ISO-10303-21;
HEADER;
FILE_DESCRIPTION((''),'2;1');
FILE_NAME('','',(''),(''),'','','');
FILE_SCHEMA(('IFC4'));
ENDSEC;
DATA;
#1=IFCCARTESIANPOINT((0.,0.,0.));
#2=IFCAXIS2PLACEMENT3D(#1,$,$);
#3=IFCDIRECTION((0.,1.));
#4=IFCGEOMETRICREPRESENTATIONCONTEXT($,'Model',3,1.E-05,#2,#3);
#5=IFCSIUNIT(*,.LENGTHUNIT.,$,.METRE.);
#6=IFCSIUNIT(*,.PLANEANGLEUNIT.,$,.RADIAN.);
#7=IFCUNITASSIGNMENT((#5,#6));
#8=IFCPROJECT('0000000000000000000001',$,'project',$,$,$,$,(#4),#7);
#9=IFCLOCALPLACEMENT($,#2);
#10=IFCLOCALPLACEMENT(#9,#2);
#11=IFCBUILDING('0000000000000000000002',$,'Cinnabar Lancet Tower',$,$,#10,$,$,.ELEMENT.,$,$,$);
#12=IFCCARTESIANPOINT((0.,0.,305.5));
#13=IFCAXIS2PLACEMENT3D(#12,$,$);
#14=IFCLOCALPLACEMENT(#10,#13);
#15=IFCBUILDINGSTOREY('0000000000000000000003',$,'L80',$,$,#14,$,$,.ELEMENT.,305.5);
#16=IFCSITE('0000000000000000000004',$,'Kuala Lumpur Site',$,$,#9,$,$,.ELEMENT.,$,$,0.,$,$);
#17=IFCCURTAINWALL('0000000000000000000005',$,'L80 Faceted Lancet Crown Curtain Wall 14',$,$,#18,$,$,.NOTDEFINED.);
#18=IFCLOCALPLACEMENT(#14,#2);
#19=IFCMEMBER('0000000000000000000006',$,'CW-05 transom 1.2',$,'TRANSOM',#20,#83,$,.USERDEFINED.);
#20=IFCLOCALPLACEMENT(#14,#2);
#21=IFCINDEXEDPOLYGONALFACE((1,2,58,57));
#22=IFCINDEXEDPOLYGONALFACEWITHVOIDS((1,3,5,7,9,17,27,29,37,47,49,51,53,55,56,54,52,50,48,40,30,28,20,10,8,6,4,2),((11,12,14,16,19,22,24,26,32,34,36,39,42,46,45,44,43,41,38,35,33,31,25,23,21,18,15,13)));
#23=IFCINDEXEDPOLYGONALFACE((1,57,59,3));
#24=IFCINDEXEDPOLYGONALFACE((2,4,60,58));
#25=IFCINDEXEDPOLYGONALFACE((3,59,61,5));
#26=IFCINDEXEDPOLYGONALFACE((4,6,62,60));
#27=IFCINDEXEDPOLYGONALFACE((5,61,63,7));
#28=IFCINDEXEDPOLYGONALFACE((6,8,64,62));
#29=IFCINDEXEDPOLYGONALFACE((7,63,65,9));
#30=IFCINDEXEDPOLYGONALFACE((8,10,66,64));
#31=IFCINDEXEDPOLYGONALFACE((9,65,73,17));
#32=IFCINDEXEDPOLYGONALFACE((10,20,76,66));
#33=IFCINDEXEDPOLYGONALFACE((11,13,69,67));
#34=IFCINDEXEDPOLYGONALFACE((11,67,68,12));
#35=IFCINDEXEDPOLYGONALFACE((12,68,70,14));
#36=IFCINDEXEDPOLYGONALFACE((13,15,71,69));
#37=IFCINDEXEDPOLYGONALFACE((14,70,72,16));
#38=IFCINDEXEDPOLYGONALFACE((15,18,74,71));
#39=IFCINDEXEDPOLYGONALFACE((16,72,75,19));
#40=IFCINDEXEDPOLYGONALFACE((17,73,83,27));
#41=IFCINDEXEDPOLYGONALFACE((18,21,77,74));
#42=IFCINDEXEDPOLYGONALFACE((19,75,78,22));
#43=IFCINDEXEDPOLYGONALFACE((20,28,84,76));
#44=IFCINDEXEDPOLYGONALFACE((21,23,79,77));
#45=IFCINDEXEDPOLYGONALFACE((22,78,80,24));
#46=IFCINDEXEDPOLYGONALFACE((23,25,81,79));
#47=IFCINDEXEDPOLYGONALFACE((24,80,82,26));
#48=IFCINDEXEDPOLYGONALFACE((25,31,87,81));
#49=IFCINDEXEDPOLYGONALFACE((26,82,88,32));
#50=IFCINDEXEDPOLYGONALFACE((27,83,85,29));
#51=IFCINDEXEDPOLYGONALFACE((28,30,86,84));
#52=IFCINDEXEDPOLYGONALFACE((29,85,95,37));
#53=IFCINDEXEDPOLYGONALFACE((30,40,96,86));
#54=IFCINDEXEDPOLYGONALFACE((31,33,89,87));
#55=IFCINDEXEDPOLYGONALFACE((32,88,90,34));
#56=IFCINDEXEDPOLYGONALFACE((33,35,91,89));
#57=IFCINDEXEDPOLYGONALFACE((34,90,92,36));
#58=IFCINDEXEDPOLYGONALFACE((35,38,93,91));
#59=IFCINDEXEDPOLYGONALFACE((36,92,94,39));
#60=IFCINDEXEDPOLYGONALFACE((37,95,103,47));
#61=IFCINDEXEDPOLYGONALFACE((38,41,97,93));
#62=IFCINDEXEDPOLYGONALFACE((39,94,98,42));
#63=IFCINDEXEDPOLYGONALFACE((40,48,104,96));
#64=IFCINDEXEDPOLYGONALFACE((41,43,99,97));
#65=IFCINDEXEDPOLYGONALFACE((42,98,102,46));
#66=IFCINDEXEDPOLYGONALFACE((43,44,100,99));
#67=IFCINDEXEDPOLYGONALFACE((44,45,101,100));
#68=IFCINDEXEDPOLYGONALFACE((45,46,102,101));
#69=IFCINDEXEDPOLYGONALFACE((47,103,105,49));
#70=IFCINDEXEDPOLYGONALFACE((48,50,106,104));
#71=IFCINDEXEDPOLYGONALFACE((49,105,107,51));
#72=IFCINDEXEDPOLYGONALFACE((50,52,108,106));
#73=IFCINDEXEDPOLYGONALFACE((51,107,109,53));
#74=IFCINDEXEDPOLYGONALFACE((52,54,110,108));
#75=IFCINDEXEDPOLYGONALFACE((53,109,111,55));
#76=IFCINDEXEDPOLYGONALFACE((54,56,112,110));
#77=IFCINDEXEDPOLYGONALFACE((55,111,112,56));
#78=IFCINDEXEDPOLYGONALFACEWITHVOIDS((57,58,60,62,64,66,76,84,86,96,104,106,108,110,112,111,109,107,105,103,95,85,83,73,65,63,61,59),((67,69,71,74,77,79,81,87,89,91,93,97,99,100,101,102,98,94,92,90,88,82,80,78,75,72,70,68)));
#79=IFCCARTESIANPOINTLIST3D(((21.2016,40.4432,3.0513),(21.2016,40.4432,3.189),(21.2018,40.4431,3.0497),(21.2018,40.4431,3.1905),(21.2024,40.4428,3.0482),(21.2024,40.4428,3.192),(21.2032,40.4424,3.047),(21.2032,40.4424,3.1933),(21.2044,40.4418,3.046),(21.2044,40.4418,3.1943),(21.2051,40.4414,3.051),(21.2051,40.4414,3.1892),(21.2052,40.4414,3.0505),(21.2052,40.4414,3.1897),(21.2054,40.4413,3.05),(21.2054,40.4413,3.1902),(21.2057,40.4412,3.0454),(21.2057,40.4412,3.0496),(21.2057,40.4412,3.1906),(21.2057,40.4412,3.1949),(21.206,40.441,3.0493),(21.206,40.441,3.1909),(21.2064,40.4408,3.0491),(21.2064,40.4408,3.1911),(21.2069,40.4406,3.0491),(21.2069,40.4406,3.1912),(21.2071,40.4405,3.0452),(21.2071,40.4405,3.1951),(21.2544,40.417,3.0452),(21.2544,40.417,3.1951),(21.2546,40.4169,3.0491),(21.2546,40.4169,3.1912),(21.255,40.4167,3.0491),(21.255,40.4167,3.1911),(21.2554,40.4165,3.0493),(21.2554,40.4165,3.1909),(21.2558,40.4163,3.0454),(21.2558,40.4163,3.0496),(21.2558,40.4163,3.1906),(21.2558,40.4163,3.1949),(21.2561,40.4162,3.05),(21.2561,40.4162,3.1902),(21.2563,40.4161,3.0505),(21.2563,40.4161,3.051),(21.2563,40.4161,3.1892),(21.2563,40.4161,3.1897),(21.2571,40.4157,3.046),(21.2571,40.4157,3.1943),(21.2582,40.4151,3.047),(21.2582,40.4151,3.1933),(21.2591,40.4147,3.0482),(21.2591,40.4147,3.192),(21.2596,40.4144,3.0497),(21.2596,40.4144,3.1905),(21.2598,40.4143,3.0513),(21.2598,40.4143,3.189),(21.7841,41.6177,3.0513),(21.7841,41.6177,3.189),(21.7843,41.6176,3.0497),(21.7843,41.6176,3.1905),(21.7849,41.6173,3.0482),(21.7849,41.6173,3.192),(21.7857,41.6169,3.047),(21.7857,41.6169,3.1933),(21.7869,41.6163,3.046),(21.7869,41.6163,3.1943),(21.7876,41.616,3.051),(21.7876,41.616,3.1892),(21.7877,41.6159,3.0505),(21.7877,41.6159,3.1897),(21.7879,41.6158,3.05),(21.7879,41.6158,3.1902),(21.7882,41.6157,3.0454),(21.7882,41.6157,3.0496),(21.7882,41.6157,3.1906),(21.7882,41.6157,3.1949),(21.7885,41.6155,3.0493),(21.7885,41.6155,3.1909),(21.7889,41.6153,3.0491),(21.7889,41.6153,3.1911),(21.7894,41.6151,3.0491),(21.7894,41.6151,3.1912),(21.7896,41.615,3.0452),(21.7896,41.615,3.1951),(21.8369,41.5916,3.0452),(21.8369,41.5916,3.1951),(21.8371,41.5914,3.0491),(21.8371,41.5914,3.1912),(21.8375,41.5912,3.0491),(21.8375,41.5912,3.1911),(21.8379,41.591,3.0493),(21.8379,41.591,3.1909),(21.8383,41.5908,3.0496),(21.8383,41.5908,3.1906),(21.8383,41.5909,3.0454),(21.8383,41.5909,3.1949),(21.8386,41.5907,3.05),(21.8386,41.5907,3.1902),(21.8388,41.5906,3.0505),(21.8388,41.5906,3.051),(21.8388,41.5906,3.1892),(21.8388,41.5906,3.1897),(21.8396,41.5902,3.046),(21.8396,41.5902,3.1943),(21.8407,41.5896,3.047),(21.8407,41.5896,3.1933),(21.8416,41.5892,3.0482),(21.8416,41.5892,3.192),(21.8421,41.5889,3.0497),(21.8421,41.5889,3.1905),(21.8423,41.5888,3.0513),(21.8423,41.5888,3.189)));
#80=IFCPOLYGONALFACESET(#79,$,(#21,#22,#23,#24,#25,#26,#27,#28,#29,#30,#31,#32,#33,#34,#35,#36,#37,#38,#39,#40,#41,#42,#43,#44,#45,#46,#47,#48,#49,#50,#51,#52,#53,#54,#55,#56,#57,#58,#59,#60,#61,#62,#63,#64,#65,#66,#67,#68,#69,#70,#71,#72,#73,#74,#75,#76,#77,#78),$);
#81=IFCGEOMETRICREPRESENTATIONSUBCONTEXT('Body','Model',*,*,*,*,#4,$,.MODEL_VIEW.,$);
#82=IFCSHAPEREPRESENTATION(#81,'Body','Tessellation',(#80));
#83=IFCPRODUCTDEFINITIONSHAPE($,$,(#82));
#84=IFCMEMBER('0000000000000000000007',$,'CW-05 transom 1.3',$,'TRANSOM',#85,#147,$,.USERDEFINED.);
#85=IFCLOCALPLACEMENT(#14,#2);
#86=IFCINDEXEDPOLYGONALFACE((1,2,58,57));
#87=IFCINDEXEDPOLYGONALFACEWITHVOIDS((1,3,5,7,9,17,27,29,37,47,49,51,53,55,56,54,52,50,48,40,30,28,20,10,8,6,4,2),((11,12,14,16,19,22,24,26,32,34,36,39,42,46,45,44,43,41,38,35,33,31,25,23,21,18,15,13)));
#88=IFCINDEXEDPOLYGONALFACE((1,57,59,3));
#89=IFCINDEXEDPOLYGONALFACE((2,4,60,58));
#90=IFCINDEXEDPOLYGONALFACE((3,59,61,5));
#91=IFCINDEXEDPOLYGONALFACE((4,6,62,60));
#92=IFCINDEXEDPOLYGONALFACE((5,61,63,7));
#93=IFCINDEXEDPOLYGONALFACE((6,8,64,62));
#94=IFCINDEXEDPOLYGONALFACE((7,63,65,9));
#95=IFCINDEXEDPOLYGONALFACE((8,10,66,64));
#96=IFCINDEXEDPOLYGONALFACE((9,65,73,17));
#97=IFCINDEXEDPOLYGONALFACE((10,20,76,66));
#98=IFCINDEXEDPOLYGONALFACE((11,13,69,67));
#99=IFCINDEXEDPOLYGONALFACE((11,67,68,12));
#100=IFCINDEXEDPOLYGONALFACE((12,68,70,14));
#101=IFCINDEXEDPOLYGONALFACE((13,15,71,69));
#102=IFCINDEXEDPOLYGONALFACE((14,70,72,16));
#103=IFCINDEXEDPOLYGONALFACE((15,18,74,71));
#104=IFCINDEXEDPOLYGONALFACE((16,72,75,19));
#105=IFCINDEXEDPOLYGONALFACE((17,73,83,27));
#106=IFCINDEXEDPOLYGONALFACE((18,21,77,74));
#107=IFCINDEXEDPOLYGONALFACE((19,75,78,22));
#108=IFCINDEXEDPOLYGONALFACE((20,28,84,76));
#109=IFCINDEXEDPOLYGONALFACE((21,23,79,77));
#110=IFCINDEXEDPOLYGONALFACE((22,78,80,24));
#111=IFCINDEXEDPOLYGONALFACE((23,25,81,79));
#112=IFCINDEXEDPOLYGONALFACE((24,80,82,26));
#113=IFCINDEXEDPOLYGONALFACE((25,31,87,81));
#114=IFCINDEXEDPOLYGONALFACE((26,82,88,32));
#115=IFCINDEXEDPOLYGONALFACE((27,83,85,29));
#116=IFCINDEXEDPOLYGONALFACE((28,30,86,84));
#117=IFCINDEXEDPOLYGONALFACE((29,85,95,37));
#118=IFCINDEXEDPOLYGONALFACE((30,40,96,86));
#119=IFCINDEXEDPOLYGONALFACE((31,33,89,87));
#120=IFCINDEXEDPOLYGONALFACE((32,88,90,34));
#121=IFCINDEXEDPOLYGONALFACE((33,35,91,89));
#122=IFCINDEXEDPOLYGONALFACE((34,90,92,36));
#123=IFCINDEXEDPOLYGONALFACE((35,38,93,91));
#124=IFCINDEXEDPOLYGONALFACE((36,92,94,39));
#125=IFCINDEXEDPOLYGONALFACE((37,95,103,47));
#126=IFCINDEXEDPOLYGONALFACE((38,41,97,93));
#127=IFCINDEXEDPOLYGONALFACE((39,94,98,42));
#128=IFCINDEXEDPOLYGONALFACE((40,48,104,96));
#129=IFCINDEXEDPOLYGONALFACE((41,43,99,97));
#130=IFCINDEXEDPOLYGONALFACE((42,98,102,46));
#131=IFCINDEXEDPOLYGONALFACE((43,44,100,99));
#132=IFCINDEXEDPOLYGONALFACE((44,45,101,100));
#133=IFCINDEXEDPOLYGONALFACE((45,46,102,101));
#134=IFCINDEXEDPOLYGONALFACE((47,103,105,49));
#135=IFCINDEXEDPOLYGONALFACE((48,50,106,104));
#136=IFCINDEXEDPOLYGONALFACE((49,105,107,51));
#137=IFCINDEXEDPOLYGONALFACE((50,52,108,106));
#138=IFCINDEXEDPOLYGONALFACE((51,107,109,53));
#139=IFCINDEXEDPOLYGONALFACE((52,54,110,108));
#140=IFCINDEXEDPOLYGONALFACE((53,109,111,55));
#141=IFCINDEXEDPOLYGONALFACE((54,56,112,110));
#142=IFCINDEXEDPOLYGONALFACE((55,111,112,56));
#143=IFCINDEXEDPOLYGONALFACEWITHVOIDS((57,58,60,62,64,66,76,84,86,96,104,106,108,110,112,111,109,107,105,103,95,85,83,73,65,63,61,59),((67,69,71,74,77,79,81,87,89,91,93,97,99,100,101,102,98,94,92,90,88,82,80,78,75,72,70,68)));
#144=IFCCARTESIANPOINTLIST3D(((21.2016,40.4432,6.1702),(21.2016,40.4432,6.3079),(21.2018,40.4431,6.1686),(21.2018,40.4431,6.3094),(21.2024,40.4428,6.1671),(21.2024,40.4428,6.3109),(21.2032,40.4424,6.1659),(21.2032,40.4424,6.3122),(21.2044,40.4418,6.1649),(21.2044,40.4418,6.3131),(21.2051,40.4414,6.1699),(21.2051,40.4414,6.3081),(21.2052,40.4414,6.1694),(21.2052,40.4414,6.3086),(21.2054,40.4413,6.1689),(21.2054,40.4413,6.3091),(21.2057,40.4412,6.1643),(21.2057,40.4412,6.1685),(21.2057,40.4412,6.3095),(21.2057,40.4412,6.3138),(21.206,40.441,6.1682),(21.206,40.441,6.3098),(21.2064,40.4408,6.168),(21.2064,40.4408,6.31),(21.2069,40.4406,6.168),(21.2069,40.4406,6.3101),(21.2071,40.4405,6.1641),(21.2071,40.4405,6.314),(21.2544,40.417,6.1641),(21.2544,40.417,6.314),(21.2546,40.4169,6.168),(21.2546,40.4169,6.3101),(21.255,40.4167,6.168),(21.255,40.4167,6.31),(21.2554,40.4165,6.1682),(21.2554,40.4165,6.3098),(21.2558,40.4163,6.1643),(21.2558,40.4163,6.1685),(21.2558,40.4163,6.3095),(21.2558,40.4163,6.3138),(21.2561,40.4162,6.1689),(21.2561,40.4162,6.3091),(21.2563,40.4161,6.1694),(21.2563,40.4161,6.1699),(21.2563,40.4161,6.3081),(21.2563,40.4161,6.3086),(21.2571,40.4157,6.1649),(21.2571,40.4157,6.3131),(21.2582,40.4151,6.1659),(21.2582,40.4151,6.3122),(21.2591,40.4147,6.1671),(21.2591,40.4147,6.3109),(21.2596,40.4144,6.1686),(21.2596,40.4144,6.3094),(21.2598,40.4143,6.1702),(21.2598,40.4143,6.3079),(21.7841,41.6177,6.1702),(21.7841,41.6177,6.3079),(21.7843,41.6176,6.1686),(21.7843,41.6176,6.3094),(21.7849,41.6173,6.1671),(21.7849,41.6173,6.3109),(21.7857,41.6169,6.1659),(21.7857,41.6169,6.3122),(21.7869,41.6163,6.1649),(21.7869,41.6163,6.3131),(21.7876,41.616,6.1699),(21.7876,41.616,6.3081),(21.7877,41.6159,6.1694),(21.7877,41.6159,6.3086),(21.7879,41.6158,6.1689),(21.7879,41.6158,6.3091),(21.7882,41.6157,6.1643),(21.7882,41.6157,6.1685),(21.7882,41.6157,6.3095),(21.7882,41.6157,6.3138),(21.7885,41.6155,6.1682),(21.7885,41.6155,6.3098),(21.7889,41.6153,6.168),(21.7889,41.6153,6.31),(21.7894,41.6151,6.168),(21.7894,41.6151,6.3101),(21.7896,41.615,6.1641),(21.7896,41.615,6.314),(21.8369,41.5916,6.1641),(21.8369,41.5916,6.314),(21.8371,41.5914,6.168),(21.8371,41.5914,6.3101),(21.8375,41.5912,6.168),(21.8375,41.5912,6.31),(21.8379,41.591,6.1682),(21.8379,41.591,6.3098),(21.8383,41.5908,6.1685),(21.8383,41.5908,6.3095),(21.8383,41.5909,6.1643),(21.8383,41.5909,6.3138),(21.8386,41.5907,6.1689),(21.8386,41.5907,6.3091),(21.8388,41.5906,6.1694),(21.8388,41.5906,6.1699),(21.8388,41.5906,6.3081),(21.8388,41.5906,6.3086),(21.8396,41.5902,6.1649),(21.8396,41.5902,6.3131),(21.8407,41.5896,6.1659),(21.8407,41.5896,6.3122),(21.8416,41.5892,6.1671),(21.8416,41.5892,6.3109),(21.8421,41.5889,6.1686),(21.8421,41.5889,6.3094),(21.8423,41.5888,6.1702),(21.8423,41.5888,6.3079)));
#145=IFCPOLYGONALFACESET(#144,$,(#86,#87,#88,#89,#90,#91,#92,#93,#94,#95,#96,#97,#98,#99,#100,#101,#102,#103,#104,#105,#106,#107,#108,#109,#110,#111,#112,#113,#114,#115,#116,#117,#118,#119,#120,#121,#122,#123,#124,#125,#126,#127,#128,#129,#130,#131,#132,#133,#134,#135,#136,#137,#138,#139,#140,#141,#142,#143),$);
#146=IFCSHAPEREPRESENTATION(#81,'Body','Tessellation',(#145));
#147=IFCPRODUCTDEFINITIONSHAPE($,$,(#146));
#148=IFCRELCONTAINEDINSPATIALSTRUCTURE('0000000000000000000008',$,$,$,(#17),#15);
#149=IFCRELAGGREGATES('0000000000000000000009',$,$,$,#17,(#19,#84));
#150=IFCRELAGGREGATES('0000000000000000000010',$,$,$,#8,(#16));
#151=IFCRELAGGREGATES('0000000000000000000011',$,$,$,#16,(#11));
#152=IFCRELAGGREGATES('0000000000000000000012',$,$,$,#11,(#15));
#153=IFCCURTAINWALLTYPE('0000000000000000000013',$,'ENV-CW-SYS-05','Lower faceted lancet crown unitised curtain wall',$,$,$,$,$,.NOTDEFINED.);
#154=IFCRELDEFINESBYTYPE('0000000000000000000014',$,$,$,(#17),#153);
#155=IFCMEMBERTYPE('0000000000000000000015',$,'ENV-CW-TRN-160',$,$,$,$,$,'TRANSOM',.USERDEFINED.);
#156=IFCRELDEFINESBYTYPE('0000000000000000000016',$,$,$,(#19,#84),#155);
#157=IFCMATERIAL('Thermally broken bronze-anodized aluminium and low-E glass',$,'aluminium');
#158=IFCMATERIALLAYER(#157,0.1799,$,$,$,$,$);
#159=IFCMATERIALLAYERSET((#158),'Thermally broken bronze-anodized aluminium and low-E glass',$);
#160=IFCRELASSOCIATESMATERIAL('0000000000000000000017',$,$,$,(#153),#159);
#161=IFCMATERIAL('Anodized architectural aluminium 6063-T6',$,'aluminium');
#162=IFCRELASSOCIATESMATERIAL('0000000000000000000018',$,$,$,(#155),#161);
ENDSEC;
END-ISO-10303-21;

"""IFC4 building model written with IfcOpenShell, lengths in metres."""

from ifc_helpers import new_model, si_unit, direction, frame, origin, origin_2d, place, context, subcontext, project, spatial, hollow_rectangle, extrude, material, layer, layer_set, material_profile, profile_set, type_object, element, aggregate, save


model = new_model("IFC4")

# Units and contexts
model_context = context("Model", 3, precision=1e-05, world=origin(), true_north=direction((0.0, 1.0)))
body_context = subcontext(model_context, "Body", "Model", "MODEL_VIEW")
ifc_project = project(units=[si_unit("LENGTHUNIT", "METRE"), si_unit("PLANEANGLEUNIT", "RADIAN")], contexts=[model_context])

# Site, building, storey
site_placement = place(None, origin())
site = spatial("IfcSite", under=ifc_project, at=site_placement, Name="Kuala Lumpur Site", CompositionType="ELEMENT", RefElevation=0.0)
building_placement = place(site_placement, origin())
building = spatial("IfcBuilding", under=site, at=building_placement, Name="Cinnabar Lancet Tower", CompositionType="ELEMENT")
storey_placement = place(building_placement, frame((0.0, 0.0, 305.5)))
storey = spatial("IfcBuildingStorey", under=building, at=storey_placement, Name="L80", CompositionType="ELEMENT", Elevation=305.5)

# Shared definitions
ifc_material_1 = material(Name="Thermally broken bronze-anodized aluminium and low-E glass", Category="aluminium")
ifc_layer_1 = layer(ifc_material_1, 0.1799)
ifc_layer_set_1 = layer_set([ifc_layer_1], Name="Thermally broken bronze-anodized aluminium and low-E glass")
curtain_wall_type = type_object("IfcCurtainWallType", Name="ENV-CW-SYS-05", Description="Lower faceted lancet crown unitised curtain wall", PredefinedType="NOTDEFINED", material=ifc_layer_set_1)

# Curtain wall
curtain_wall_1_placement = place(storey_placement, origin())
curtain_wall_1 = element("IfcCurtainWall", 1, at=curtain_wall_1_placement, inside=storey, type_object=curtain_wall_type, Name="L80 Faceted Lancet Crown Curtain Wall 14", PredefinedType="NOTDEFINED")

# Members
ifc_material_2 = material(Name="Anodized architectural aluminium 6063-T6", Category="aluminium")
ifc_material_profile_1 = material_profile(ifc_material_2, hollow_rectangle(XDim=0.0649, YDim=0.1499, WallThickness=0.0039, InnerFilletRadius=0.002, OuterFilletRadius=0.0061, at=origin_2d()), Name="CW-TRN 150x65x4")
ifc_profile_set_1 = profile_set([ifc_material_profile_1], Name="Anodized architectural aluminium 6063-T6")
member_type_1 = type_object("IfcMemberType", Name="ENV-CW-TRN-160", ElementType="TRANSOM", PredefinedType="USERDEFINED", material=ifc_profile_set_1)
member_1_placement = place(storey_placement, frame((21.8132, 41.6033, 3.1201), z_axis=(-0.444306, -0.895875, 0.0), x_axis=(0.895875, -0.444306, 0.0)))
member_1 = element("IfcMember", 2, at=member_1_placement, type_object=member_type_1, Name="CW-05 transom 1.2", ObjectType="TRANSOM", PredefinedType="USERDEFINED", context=body_context, shape_type="SweptSolid", body=[
    extrude(hollow_rectangle(XDim=0.0649, YDim=0.1499, WallThickness=0.0039, InnerFilletRadius=0.002, OuterFilletRadius=0.0061, at=origin_2d()), origin(), (0.0, 0.0, 1.0), 1.311),
])
member_2_placement = place(storey_placement, frame((21.8132, 41.6033, 6.239), z_axis=(-0.444306, -0.895875, 0.0), x_axis=(0.895875, -0.444306, 0.0)))
member_2 = element("IfcMember", 3, at=member_2_placement, type_object=member_type_1, Name="CW-05 transom 1.3", ObjectType="TRANSOM", PredefinedType="USERDEFINED", context=body_context, shape_type="SweptSolid", body=[
    extrude(hollow_rectangle(XDim=0.0649, YDim=0.1499, WallThickness=0.0039, InnerFilletRadius=0.002, OuterFilletRadius=0.0061, at=origin_2d()), origin(), (0.0, 0.0, 1.0), 1.311),
])

aggregate(curtain_wall_1, [member_1, member_2])

save(model, "model.ifc")
